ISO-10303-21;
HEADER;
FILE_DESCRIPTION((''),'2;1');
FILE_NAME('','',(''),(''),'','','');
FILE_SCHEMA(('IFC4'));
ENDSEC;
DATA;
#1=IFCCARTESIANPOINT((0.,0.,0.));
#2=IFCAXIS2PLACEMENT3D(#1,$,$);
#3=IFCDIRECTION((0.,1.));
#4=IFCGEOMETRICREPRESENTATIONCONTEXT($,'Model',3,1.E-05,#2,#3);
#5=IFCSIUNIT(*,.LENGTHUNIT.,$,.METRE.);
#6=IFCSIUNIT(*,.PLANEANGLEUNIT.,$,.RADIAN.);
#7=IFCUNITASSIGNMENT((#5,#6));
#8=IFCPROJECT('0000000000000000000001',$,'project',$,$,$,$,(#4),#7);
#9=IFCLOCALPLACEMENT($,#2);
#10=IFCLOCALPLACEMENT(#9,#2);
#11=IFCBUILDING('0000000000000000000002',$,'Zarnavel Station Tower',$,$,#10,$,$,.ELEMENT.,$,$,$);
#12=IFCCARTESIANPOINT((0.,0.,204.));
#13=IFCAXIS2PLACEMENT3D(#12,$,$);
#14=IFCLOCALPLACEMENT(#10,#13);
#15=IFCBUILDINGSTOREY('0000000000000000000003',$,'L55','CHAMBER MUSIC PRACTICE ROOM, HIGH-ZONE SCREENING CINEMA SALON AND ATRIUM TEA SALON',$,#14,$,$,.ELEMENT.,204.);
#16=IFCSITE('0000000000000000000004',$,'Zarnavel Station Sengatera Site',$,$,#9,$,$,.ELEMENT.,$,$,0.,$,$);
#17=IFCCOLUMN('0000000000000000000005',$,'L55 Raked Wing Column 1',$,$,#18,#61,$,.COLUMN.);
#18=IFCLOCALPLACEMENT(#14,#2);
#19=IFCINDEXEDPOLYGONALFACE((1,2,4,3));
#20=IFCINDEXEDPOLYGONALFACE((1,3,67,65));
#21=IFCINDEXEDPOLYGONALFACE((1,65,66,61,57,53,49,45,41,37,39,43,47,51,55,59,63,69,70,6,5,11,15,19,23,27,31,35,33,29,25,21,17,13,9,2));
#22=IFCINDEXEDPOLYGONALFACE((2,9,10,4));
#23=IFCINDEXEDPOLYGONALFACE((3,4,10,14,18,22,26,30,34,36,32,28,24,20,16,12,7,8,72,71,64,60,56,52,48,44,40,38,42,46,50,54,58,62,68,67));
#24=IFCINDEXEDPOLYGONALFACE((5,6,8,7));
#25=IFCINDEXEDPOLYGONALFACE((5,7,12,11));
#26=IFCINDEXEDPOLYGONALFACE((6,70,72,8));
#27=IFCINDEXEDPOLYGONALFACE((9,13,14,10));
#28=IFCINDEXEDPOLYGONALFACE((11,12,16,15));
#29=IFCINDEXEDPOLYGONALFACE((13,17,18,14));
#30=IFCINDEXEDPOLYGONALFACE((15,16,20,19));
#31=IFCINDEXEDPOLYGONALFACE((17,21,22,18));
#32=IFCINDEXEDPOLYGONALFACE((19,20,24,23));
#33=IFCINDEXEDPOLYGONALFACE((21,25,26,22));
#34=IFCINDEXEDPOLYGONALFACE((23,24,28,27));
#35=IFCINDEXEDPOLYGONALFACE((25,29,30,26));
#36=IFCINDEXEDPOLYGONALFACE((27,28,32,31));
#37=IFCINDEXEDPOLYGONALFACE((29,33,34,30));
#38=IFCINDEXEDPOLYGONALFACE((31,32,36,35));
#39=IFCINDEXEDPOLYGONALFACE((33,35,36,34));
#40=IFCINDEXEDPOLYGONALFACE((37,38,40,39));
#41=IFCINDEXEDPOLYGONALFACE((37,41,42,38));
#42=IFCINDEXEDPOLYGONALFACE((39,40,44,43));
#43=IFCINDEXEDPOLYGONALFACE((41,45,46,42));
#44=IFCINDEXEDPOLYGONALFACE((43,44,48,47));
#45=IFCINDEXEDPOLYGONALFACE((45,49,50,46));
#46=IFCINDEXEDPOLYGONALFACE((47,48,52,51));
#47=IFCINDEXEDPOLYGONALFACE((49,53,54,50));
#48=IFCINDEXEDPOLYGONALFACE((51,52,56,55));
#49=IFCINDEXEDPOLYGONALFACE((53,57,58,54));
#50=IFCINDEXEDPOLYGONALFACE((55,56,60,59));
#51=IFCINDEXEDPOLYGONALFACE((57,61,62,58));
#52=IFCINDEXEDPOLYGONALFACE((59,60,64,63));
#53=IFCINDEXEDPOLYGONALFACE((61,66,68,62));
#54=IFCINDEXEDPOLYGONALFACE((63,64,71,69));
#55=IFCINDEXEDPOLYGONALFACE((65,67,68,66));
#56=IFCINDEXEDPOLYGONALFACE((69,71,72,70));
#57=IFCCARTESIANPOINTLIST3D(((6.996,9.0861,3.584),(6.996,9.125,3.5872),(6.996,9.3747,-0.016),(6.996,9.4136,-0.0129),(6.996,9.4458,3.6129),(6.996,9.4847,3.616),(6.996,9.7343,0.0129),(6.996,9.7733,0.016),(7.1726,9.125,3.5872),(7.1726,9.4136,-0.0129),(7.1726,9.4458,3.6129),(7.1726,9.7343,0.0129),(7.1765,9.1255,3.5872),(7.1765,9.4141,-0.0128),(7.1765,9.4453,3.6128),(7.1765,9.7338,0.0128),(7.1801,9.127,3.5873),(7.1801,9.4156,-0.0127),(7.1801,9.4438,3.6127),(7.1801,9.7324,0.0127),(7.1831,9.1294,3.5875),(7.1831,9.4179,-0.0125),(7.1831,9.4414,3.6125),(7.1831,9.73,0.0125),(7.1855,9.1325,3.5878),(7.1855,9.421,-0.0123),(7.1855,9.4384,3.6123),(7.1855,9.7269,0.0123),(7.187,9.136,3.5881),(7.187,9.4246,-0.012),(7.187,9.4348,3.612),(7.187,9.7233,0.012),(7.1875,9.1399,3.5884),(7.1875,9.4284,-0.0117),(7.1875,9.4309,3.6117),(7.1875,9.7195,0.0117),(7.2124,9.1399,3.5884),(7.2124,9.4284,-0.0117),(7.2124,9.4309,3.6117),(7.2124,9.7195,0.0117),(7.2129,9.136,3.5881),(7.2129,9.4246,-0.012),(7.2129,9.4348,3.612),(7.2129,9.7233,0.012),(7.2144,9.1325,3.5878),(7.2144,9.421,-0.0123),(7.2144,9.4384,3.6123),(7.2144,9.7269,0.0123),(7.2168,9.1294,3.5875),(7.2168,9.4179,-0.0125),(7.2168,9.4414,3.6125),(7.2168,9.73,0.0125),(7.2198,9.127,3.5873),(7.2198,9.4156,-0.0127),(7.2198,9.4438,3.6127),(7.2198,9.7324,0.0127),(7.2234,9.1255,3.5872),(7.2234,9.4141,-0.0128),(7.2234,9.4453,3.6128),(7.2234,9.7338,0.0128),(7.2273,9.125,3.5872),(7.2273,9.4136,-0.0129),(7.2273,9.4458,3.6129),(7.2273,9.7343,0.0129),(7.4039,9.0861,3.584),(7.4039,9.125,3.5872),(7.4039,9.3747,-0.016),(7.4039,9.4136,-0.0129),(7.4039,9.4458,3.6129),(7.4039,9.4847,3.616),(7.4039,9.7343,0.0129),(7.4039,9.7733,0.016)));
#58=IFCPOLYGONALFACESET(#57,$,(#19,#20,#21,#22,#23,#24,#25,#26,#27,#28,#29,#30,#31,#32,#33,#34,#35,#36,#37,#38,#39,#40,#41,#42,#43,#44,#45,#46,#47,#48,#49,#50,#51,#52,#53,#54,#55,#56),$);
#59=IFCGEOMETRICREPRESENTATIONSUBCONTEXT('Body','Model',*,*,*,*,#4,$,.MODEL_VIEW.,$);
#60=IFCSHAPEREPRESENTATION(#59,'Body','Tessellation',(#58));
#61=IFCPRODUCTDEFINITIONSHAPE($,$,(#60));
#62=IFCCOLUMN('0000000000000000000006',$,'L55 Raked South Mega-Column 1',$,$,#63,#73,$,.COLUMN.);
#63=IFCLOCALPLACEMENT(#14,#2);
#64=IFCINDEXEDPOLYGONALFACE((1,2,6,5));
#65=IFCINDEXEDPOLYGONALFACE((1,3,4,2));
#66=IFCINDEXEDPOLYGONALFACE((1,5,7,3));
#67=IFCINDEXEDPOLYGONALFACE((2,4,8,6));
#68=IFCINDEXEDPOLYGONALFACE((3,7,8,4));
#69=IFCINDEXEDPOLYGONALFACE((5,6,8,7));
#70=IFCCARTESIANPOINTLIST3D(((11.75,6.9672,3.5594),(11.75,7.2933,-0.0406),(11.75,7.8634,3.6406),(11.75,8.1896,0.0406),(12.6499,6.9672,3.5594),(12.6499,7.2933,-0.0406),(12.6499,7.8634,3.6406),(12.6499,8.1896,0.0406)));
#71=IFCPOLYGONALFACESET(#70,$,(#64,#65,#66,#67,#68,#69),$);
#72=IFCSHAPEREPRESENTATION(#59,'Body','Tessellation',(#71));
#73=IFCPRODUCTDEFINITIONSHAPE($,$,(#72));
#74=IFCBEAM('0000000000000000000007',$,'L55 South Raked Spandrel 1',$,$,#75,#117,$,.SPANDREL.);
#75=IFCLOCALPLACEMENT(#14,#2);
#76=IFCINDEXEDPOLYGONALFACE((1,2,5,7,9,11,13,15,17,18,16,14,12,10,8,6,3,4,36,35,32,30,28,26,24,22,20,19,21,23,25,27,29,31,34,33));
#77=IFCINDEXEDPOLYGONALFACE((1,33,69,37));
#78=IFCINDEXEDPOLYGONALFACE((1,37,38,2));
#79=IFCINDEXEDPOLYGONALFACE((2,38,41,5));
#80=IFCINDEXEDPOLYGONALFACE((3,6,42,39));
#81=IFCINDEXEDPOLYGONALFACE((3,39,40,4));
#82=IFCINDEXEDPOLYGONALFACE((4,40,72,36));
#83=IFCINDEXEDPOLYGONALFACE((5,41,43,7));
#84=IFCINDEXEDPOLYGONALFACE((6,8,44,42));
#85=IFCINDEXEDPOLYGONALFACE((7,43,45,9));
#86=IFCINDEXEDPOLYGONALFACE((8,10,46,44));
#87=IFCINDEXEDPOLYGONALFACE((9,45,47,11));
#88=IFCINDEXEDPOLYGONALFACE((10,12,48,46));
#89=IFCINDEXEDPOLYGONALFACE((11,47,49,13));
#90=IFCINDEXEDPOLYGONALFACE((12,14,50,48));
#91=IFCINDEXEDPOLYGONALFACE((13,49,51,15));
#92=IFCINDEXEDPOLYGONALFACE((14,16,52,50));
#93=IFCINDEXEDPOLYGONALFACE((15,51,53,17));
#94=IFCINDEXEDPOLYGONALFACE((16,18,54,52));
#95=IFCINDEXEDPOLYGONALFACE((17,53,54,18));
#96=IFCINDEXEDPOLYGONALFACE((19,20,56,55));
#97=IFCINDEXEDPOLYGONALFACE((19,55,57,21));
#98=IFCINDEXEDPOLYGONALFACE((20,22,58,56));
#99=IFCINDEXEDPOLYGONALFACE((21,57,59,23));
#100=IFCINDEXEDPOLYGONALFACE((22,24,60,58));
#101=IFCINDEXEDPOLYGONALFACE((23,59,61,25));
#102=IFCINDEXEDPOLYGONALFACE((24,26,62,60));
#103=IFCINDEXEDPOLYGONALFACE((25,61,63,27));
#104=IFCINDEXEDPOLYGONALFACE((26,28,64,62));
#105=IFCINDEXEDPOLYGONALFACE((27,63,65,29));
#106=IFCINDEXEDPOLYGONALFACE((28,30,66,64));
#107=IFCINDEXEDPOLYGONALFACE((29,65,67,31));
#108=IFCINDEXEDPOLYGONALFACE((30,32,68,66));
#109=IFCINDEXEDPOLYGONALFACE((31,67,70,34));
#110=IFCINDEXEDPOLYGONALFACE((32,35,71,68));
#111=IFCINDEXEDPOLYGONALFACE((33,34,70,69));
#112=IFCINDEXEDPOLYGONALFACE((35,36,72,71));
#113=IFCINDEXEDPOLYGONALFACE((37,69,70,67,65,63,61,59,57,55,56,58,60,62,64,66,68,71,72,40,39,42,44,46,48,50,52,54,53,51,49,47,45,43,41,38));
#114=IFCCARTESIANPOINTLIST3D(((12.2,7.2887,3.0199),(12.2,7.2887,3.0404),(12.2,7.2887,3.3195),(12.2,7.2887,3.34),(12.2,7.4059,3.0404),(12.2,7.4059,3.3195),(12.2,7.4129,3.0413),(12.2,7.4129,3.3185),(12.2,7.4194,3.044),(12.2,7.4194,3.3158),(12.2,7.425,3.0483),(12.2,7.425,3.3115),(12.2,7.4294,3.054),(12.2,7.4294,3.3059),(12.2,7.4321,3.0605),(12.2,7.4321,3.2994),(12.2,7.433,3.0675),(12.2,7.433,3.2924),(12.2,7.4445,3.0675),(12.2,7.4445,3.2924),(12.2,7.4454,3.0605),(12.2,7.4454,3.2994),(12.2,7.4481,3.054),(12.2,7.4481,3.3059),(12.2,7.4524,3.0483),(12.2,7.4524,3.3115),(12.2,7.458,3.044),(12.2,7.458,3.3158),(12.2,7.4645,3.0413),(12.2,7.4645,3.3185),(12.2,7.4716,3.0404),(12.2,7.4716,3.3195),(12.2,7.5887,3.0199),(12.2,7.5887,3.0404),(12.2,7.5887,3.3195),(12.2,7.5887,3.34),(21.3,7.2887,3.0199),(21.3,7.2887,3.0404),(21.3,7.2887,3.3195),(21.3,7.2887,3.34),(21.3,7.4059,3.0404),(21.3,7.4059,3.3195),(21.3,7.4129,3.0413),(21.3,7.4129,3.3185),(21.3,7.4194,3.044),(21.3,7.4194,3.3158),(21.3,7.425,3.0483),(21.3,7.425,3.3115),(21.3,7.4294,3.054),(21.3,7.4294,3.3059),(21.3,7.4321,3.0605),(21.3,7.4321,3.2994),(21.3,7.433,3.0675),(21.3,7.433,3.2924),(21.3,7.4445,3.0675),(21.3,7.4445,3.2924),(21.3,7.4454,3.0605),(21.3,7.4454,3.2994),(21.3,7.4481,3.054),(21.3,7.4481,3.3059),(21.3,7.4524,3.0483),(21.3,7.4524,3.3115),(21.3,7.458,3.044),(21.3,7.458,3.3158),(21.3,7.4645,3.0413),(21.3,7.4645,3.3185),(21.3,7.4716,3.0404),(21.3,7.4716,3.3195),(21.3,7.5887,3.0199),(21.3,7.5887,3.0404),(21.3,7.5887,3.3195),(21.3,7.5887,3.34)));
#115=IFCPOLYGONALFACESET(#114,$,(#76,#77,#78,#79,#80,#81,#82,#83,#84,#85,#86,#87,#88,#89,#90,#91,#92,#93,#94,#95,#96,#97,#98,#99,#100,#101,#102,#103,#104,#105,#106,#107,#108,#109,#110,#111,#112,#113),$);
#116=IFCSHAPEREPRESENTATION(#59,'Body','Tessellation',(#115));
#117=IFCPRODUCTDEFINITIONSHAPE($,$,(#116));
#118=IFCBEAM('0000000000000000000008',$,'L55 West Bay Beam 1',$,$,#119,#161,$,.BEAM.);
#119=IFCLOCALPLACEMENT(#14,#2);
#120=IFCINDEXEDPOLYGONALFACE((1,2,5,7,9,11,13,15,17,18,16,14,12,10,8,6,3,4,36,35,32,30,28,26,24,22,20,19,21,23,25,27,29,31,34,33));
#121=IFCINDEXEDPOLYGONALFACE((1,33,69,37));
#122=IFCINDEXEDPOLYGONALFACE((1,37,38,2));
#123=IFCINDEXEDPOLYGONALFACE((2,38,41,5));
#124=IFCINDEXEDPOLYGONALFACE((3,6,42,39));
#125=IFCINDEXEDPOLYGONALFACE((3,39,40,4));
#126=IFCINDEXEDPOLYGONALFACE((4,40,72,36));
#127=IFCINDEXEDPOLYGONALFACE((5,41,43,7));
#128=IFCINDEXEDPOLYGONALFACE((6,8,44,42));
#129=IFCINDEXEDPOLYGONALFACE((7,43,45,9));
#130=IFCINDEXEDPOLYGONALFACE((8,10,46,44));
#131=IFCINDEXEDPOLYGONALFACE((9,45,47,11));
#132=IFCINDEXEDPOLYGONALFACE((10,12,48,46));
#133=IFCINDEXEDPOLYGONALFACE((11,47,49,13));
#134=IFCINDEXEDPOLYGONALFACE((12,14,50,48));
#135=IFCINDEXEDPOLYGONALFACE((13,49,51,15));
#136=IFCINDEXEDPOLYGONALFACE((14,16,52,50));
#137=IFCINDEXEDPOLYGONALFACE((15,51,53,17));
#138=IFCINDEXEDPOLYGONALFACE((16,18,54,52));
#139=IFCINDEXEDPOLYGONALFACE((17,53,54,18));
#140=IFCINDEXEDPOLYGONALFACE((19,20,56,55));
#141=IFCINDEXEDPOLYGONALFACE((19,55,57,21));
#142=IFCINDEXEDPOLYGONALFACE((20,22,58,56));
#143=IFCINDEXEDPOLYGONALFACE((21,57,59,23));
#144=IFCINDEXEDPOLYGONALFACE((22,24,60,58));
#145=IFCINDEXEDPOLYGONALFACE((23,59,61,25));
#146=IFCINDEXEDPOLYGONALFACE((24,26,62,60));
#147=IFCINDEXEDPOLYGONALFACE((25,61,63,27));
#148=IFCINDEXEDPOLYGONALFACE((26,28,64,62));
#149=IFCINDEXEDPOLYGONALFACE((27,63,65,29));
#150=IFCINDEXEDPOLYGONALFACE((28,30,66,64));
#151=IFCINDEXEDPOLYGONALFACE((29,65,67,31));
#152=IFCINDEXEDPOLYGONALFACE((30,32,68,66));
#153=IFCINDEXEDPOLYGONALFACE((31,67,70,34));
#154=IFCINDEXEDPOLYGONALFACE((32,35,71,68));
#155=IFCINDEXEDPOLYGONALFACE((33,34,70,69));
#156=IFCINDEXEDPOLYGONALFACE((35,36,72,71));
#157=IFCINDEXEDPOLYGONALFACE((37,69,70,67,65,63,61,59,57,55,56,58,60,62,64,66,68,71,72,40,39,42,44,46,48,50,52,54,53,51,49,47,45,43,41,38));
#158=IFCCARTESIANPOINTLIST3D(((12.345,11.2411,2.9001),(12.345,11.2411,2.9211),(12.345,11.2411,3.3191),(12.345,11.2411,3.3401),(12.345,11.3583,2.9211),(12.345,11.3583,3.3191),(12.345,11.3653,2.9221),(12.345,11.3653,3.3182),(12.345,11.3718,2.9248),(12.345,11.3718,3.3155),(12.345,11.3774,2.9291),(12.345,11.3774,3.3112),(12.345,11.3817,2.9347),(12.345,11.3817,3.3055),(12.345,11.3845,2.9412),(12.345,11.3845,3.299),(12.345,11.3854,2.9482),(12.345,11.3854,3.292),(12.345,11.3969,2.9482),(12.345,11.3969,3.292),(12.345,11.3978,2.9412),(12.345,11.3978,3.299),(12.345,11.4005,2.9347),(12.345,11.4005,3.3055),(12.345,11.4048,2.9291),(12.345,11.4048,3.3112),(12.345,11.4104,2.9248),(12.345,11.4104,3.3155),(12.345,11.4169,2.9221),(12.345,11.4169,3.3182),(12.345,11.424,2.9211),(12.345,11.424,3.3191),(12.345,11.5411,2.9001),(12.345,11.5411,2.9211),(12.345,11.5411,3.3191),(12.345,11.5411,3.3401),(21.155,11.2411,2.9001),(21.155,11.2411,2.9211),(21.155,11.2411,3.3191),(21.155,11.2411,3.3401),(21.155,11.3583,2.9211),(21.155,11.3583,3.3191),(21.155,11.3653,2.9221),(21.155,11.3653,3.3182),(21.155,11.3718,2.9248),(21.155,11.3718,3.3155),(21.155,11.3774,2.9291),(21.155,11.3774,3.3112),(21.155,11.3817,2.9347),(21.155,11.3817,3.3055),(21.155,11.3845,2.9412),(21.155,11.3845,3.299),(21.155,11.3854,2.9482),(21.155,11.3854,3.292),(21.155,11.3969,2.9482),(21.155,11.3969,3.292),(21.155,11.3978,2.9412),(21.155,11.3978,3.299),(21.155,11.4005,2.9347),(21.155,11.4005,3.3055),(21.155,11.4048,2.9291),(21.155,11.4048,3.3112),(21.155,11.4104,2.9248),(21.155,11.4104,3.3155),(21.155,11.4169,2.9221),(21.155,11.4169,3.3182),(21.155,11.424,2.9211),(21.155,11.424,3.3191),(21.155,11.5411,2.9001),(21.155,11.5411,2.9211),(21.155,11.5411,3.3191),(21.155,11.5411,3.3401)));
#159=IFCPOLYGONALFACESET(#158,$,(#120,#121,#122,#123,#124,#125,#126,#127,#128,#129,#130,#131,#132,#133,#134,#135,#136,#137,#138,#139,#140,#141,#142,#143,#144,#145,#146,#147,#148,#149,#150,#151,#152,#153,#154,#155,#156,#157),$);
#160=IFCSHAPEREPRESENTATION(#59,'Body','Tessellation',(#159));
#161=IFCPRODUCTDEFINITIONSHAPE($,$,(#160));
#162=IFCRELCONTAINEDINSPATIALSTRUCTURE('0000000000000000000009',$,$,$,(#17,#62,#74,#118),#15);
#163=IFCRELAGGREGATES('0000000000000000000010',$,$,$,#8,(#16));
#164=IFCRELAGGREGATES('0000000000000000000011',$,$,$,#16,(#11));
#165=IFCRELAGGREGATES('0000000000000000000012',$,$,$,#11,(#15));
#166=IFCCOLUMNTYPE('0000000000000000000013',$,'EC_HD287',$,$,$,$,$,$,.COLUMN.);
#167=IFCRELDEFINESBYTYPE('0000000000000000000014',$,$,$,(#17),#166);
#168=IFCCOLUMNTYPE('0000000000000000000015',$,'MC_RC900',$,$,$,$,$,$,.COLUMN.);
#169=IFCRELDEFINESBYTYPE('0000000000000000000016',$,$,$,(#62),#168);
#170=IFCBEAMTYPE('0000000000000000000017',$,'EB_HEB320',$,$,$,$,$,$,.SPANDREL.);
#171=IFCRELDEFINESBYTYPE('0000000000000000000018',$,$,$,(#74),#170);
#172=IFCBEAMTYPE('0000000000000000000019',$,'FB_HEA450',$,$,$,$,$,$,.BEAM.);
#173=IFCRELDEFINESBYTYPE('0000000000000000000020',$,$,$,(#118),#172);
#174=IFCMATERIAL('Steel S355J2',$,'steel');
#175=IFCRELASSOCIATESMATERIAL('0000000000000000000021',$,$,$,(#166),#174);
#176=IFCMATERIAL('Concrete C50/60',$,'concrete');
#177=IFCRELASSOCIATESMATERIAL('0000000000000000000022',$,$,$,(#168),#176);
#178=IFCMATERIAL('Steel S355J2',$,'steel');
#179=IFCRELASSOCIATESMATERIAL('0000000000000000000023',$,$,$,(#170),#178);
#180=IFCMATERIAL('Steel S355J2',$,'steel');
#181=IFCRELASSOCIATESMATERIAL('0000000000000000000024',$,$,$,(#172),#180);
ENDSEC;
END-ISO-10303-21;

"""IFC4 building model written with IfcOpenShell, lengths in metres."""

from ifc_helpers import new_model, si_unit, direction, frame, origin, origin_2d, place, context, subcontext, project, spatial, rectangle, i_section, extrude, material, material_profile, profile_set, type_object, element, save


model = new_model("IFC4")

# Units and contexts
model_context = context("Model", 3, precision=1e-05, world=origin(), true_north=direction((0.0, 1.0)))
body_context = subcontext(model_context, "Body", "Model", "MODEL_VIEW")
ifc_project = project(units=[si_unit("LENGTHUNIT", "METRE"), si_unit("PLANEANGLEUNIT", "RADIAN")], contexts=[model_context])

# Site, building, storey
site_placement = place(None, origin())
site = spatial("IfcSite", under=ifc_project, at=site_placement, Name="Zarnavel Station Sengatera Site", CompositionType="ELEMENT", RefElevation=0.0)
building_placement = place(site_placement, origin())
building = spatial("IfcBuilding", under=site, at=building_placement, Name="Zarnavel Station Tower", CompositionType="ELEMENT")
storey_placement = place(building_placement, frame((0.0, 0.0, 204.0)))
storey = spatial("IfcBuildingStorey", under=building, at=storey_placement, Name="L55", Description="CHAMBER MUSIC PRACTICE ROOM, HIGH-ZONE SCREENING CINEMA SALON AND ATRIUM TEA SALON", CompositionType="ELEMENT", Elevation=204.0)

# Columns
ifc_material_1 = material(Name="Steel S355J2", Category="steel")
ifc_material_profile_1 = material_profile(ifc_material_1, i_section(OverallWidth=0.408, OverallDepth=0.3999, WebThickness=0.0249, FlangeThickness=0.0391, FilletRadius=0.0149, at=origin_2d()), Name="HD400x287")
ifc_profile_set_1 = profile_set([ifc_material_profile_1], Name="Steel S355J2")
column_type_1 = type_object("IfcColumnType", Name="EC_HD287", PredefinedType="COLUMN", material=ifc_profile_set_1)
column_1_placement = place(storey_placement, frame((7.2, 9.574, 0.0), z_axis=(0.0, -0.079901, 0.996803), x_axis=(1.0, 0.0, 0.0)))
element("IfcColumn", 1, at=column_1_placement, inside=storey, type_object=column_type_1, Name="L55 Raked Wing Column 1", PredefinedType="COLUMN", context=body_context, shape_type="SweptSolid", body=[
    extrude(i_section(OverallWidth=0.408, OverallDepth=0.3999, WebThickness=0.0249, FlangeThickness=0.0391, FilletRadius=0.0149, at=origin_2d()), origin(), (0.0, 0.0, 1.0), 3.6116),
])
ifc_material_2 = material(Name="Concrete C50/60", Category="concrete")
ifc_material_profile_2 = material_profile(ifc_material_2, rectangle(XDim=0.8999, YDim=0.8999, at=origin_2d()), Name="RC900x900")
ifc_profile_set_2 = profile_set([ifc_material_profile_2], Name="Concrete C50/60")
column_type_2 = type_object("IfcColumnType", Name="MC_RC900", PredefinedType="COLUMN", material=ifc_profile_set_2)
column_2_placement = place(storey_placement, frame((12.2, 7.7415, 0.0), z_axis=(0.0, -0.090231, 0.995921), x_axis=(1.0, 0.0, 0.0)))
element("IfcColumn", 2, at=column_2_placement, inside=storey, type_object=column_type_2, Name="L55 Raked South Mega-Column 1", PredefinedType="COLUMN", context=body_context, shape_type="SweptSolid", body=[
    extrude(rectangle(XDim=0.8999, YDim=0.8999, at=origin_2d()), origin(), (0.0, 0.0, 1.0), 3.6147),
])

# Beams
ifc_material_3 = material(Name="Steel S355J2", Category="steel")
ifc_material_profile_3 = material_profile(ifc_material_3, i_section(OverallWidth=0.3, OverallDepth=0.3201, WebThickness=0.0115, FlangeThickness=0.0205, FilletRadius=0.0271, at=origin_2d()), Name="HEB320")
ifc_profile_set_3 = profile_set([ifc_material_profile_3], Name="Steel S355J2")
beam_type_1 = type_object("IfcBeamType", Name="EB_HEB320", PredefinedType="SPANDREL", material=ifc_profile_set_3)
beam_1_placement = place(storey_placement, frame((12.2, 7.4387, 3.1799), z_axis=(1.0, 0.0, 0.0), x_axis=(0.0, 1.0, 0.0)))
element("IfcBeam", 3, at=beam_1_placement, inside=storey, type_object=beam_type_1, Name="L55 South Raked Spandrel 1", PredefinedType="SPANDREL", context=body_context, shape_type="SweptSolid", body=[
    extrude(i_section(OverallWidth=0.3, OverallDepth=0.3201, WebThickness=0.0115, FlangeThickness=0.0205, FilletRadius=0.0271, at=origin_2d()), origin(), (0.0, 0.0, 1.0), 9.1001),
])
ifc_material_4 = material(Name="Steel S355J2", Category="steel")
ifc_material_profile_4 = material_profile(ifc_material_4, i_section(OverallWidth=0.3, OverallDepth=0.4399, WebThickness=0.0115, FlangeThickness=0.021, FilletRadius=0.0271, at=origin_2d()), Name="HEA450")
ifc_profile_set_4 = profile_set([ifc_material_profile_4], Name="Steel S355J2")
beam_type_2 = type_object("IfcBeamType", Name="FB_HEA450", PredefinedType="BEAM", material=ifc_profile_set_4)
beam_2_placement = place(storey_placement, frame((12.345, 11.3911, 3.1201), z_axis=(1.0, 0.0, 0.0), x_axis=(0.0, 1.0, 0.0)))
element("IfcBeam", 4, at=beam_2_placement, inside=storey, type_object=beam_type_2, Name="L55 West Bay Beam 1", PredefinedType="BEAM", context=body_context, shape_type="SweptSolid", body=[
    extrude(i_section(OverallWidth=0.3, OverallDepth=0.4399, WebThickness=0.0115, FlangeThickness=0.021, FilletRadius=0.0271, at=origin_2d()), origin(), (0.0, 0.0, 1.0), 8.8101),
])

save(model, "model.ifc")
